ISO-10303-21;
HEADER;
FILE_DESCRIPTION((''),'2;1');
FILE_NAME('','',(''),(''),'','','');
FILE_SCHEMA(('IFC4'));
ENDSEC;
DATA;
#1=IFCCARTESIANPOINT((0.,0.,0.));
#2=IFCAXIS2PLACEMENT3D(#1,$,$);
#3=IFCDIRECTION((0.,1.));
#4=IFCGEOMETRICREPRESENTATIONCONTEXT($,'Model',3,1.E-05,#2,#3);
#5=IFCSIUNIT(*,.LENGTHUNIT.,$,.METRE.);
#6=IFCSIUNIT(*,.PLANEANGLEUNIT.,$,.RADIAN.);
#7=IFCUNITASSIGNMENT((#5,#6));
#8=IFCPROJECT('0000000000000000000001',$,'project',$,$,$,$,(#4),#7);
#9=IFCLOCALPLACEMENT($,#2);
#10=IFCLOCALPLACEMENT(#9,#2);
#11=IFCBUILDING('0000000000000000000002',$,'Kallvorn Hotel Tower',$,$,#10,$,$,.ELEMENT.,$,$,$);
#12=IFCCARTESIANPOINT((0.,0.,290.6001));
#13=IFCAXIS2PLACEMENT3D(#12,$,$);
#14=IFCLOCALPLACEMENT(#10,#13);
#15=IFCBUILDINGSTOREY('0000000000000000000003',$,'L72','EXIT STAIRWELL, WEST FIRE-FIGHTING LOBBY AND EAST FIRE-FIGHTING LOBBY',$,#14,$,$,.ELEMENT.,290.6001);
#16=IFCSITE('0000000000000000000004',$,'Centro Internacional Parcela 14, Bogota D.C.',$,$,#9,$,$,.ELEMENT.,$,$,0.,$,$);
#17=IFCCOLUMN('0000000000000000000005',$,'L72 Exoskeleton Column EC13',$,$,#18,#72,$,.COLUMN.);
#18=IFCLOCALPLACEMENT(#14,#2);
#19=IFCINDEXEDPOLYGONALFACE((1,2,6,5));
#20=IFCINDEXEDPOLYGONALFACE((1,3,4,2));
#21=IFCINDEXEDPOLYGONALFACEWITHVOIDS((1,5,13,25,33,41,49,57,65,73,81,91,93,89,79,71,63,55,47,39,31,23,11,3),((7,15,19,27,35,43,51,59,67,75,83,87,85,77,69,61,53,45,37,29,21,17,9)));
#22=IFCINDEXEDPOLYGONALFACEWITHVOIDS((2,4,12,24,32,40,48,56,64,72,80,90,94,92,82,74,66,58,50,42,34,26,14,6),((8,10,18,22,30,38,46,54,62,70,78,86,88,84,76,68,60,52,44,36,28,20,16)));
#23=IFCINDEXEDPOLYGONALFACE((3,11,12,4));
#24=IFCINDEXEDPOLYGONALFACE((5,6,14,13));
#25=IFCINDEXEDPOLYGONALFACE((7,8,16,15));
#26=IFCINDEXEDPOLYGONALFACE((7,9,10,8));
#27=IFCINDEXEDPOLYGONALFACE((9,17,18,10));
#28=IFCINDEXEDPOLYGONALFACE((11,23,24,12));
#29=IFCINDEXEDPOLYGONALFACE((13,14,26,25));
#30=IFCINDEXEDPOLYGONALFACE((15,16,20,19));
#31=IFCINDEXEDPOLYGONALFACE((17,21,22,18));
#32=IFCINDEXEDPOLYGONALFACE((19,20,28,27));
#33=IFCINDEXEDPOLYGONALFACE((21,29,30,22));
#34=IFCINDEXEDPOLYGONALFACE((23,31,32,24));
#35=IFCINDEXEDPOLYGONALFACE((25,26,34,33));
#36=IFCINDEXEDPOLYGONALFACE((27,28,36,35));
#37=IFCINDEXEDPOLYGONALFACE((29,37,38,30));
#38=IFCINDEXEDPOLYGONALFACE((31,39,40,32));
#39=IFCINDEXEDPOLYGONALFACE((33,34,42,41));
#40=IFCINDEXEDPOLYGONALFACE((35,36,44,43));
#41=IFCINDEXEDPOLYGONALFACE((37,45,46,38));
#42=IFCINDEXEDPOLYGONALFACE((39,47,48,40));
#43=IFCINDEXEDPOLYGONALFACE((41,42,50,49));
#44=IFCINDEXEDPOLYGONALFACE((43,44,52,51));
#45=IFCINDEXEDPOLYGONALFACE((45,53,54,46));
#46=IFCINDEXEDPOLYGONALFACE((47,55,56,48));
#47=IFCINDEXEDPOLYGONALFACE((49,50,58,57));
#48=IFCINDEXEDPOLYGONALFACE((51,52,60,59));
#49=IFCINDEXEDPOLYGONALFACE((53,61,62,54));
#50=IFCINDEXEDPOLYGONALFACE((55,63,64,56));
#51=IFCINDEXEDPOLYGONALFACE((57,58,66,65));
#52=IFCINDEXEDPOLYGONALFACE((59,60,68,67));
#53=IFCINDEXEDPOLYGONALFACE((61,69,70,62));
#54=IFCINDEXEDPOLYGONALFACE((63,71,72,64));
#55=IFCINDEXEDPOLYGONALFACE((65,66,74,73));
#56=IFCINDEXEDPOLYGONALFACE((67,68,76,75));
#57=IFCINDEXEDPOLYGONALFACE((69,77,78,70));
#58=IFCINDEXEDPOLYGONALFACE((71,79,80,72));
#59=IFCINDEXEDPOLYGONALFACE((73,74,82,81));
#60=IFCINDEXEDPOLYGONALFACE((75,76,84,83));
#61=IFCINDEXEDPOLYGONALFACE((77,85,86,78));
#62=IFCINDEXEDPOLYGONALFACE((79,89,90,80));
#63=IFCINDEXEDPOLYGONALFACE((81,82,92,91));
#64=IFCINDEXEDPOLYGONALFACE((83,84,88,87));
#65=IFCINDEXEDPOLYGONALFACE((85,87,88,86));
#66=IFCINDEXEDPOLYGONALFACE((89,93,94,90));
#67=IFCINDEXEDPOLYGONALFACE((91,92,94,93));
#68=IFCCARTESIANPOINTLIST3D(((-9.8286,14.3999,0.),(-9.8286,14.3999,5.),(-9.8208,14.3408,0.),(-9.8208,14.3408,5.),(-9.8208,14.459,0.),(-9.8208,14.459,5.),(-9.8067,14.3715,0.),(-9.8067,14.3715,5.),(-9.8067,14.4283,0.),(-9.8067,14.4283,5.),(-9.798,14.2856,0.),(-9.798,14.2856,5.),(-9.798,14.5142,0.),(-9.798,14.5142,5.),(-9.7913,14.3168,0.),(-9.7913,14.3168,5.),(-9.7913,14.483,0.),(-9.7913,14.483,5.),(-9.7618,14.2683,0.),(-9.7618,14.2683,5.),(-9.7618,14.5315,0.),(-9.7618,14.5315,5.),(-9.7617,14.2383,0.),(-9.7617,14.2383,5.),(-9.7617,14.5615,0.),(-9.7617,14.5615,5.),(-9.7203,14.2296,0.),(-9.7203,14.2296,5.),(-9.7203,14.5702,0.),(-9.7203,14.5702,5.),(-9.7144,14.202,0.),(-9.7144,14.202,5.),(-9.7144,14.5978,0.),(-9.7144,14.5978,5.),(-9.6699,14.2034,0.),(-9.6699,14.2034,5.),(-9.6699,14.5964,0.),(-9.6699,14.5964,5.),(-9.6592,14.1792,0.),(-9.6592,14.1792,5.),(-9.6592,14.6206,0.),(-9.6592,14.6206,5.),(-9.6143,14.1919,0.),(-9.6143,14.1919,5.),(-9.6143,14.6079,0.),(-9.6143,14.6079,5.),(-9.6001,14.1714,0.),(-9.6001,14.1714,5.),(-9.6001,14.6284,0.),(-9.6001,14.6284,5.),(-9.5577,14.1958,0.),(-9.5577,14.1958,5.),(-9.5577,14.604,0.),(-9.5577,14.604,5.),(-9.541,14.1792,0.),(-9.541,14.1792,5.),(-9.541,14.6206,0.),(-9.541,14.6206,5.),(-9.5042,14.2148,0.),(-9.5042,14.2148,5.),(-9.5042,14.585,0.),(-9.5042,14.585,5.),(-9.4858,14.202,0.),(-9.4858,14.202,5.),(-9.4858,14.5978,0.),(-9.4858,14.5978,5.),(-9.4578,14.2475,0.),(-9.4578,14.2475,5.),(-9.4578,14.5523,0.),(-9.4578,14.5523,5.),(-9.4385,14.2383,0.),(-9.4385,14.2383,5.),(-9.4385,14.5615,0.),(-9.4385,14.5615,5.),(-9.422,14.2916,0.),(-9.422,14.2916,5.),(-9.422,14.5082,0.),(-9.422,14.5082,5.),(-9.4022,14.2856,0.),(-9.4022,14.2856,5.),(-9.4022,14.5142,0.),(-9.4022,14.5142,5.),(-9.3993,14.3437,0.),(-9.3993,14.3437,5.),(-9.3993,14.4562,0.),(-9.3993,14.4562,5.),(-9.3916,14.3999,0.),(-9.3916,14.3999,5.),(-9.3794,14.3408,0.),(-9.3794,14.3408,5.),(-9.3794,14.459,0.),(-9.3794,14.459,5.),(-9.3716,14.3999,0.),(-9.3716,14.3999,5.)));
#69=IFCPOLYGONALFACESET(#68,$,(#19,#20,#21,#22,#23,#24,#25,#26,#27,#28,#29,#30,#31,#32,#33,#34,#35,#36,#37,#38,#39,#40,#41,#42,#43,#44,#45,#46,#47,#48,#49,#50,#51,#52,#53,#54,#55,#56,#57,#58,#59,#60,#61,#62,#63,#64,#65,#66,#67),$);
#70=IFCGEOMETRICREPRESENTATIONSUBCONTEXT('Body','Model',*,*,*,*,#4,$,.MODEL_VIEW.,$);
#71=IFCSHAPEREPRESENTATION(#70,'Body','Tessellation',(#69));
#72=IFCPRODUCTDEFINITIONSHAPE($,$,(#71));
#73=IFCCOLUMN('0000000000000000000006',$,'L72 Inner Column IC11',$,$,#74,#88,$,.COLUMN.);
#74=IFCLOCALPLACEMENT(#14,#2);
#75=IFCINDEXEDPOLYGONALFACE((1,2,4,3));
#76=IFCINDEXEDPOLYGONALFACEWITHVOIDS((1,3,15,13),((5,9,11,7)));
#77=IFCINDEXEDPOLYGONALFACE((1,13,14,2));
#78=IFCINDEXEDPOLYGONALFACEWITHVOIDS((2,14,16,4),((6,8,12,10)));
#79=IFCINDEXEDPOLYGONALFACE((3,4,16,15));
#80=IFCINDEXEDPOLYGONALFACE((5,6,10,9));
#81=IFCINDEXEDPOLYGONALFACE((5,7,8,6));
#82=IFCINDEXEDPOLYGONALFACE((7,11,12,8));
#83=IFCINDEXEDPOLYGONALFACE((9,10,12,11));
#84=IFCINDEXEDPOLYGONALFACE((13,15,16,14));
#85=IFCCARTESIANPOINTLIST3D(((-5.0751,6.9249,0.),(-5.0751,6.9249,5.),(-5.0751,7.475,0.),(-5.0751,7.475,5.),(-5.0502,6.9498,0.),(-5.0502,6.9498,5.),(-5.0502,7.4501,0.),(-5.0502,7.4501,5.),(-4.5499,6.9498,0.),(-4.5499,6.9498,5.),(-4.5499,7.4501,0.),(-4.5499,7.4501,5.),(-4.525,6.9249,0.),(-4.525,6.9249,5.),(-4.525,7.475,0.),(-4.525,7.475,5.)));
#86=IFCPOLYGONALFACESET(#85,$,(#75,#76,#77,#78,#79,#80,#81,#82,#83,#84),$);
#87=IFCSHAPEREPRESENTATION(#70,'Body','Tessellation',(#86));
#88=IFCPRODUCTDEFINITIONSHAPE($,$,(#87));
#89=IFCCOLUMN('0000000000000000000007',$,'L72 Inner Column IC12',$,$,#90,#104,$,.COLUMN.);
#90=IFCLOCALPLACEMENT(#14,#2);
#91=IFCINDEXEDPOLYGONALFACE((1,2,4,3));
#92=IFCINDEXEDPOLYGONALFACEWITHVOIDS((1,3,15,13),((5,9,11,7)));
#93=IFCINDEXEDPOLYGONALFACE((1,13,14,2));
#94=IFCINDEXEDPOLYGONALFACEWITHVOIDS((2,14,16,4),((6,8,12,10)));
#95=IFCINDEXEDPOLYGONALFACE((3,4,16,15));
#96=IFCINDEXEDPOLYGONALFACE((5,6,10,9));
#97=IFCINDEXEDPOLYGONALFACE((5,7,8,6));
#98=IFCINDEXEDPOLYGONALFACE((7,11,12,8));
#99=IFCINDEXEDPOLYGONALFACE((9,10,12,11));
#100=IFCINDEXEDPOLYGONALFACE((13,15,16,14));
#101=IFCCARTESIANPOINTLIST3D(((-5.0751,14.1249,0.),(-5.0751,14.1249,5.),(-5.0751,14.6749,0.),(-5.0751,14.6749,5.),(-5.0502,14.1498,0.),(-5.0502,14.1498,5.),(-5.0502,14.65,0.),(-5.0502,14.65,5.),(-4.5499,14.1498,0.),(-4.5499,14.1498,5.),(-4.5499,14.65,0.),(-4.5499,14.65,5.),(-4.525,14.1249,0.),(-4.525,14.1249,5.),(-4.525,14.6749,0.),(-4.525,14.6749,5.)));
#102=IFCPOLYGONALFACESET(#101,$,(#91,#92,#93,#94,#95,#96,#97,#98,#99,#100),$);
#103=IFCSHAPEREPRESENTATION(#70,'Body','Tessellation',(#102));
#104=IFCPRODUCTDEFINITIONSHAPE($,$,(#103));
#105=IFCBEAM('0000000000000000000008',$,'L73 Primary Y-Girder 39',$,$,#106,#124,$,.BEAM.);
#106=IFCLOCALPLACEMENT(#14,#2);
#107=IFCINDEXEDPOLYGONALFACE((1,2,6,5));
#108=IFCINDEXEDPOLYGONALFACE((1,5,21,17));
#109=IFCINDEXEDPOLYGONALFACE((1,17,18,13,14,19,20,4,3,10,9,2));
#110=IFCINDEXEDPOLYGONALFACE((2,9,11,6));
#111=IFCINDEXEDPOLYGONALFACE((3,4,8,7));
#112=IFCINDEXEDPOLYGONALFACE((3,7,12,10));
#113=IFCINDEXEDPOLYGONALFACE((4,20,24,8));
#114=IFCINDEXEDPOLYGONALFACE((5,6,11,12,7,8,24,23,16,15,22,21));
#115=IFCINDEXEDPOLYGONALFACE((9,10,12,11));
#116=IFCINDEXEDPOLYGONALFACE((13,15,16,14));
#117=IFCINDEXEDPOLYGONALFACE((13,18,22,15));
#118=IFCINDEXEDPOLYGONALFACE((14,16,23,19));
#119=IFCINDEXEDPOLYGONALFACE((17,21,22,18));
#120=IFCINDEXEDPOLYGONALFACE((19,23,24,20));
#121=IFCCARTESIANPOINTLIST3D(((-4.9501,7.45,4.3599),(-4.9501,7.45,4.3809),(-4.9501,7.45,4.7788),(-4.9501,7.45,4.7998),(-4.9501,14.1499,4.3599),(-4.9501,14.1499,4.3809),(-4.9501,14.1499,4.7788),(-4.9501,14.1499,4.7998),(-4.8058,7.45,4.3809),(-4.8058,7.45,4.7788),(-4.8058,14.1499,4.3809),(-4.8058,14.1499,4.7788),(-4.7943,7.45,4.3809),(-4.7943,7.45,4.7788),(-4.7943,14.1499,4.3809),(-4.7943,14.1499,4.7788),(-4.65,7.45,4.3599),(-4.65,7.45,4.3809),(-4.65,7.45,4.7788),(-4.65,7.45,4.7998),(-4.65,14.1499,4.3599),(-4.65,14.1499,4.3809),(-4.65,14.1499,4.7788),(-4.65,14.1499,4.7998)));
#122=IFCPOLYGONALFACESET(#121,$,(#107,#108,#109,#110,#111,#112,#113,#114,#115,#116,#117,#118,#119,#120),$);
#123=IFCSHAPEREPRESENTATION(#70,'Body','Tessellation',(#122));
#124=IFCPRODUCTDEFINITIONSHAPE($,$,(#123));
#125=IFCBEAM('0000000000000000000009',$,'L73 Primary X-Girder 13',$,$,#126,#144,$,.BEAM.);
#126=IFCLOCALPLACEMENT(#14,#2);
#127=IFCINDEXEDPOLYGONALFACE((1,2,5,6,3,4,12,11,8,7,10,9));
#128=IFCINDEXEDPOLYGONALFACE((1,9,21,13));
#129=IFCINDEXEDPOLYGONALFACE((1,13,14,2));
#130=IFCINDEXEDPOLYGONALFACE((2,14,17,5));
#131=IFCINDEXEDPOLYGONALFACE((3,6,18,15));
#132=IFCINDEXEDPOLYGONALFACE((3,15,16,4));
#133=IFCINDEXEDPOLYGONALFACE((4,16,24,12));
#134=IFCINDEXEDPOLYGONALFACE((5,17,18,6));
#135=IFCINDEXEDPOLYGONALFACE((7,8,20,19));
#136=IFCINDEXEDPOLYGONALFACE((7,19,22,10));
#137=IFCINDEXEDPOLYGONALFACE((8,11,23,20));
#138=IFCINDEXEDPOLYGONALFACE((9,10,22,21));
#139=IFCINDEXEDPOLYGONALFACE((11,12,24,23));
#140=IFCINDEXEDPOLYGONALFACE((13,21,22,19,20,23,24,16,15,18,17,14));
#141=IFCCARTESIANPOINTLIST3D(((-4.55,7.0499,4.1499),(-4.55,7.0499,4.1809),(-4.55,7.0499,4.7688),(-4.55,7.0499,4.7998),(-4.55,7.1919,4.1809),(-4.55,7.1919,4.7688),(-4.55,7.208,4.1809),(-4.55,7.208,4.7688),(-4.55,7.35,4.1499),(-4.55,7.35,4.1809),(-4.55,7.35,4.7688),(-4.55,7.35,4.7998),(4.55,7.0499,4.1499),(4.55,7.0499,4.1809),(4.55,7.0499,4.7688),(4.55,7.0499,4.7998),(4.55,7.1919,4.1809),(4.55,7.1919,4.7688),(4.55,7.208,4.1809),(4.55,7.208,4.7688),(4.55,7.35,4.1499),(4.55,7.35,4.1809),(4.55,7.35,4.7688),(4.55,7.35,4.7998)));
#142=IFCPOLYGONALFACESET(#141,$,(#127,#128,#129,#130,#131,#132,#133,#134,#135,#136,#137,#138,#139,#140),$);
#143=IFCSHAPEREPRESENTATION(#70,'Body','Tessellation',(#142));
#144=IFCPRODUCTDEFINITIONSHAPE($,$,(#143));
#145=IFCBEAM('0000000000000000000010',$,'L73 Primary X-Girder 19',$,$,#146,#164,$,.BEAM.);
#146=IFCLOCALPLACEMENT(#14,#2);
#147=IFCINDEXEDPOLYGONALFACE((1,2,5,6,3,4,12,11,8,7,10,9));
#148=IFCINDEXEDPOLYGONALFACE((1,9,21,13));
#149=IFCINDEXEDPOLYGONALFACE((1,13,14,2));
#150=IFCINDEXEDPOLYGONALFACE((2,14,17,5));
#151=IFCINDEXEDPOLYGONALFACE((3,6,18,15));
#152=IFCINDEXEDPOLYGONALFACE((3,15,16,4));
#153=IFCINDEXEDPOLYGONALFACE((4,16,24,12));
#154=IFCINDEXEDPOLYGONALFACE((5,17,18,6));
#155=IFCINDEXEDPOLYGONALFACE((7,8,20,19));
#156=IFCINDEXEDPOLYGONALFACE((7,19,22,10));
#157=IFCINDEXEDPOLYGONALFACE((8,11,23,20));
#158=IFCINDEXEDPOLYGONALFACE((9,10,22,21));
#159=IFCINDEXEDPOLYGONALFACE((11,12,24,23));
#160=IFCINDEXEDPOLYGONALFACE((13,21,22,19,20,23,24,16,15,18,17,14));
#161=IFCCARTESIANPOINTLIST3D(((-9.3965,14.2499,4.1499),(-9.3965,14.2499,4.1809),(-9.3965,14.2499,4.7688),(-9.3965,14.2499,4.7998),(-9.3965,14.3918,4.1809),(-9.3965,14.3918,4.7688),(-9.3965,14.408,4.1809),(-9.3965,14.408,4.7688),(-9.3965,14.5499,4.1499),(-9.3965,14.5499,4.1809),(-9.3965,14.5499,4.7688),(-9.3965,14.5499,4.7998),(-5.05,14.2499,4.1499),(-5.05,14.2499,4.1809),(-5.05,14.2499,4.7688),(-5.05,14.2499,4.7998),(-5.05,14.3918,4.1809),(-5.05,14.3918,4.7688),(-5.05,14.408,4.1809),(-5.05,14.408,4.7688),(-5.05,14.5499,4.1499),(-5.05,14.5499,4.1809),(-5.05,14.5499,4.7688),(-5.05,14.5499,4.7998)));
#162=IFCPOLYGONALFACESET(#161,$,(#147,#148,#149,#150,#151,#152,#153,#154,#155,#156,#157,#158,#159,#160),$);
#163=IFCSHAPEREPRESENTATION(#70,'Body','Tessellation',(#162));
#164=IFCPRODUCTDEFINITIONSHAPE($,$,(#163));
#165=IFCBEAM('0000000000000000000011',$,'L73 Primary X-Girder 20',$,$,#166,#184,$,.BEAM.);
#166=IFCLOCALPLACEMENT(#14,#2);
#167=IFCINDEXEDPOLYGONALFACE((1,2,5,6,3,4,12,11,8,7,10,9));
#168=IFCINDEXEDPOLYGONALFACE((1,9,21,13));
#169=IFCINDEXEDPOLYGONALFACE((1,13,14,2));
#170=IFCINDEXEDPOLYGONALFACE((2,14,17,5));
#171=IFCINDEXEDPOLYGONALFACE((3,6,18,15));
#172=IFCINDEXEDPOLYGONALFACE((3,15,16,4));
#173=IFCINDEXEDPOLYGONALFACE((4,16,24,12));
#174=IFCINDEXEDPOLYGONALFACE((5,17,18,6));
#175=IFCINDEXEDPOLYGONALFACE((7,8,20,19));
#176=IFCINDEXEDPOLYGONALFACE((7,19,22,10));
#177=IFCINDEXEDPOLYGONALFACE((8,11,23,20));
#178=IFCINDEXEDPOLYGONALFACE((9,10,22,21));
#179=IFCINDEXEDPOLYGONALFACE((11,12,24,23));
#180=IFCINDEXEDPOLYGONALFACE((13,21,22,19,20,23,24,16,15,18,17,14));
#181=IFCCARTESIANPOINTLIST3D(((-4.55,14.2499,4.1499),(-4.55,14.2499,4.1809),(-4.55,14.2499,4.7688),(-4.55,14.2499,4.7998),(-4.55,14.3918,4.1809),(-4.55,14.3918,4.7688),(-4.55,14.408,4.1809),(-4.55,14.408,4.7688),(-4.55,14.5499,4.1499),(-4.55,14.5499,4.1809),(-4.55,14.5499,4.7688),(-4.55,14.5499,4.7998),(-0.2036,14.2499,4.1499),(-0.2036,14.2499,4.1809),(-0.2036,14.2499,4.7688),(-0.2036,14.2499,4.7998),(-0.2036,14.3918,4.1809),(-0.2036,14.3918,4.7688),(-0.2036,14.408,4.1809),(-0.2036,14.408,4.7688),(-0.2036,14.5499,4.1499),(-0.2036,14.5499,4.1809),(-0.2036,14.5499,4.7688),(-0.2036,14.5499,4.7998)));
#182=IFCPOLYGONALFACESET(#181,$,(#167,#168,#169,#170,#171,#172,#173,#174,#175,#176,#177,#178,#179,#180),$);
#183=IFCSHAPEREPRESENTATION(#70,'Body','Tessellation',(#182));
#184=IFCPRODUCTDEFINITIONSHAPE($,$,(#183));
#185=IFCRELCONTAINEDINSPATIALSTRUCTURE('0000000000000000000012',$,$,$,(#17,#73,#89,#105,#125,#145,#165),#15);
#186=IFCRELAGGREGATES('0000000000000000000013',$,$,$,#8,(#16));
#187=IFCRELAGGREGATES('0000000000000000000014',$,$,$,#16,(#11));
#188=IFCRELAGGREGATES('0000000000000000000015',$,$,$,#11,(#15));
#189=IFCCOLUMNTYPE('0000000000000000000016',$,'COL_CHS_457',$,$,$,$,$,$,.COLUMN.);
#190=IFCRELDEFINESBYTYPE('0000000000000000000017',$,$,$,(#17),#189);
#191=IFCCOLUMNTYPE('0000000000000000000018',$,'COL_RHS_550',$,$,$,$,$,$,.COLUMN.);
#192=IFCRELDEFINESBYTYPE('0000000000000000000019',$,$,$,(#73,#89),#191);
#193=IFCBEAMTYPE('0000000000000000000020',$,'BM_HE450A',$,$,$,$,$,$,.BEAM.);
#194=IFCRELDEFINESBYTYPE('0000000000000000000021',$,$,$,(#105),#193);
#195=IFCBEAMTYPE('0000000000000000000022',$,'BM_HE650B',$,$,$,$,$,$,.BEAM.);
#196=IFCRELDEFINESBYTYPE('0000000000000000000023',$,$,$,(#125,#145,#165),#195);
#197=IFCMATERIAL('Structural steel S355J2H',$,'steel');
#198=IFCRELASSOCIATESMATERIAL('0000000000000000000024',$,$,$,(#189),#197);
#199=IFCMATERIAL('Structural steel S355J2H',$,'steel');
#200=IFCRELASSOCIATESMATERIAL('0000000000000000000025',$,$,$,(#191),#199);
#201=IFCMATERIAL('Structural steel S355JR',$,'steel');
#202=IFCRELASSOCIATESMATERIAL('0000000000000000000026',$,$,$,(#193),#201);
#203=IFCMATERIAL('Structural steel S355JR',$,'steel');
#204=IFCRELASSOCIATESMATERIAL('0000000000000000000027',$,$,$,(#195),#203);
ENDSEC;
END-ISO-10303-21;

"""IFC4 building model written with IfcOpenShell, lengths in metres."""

from ifc_helpers import new_model, si_unit, direction, frame, origin, origin_2d, place, context, subcontext, project, spatial, hollow_rectangle, hollow_circle, i_section, extrude, material, material_profile, profile_set, type_object, element, save


model = new_model("IFC4")

# Units and contexts
model_context = context("Model", 3, precision=1e-05, world=origin(), true_north=direction((0.0, 1.0)))
body_context = subcontext(model_context, "Body", "Model", "MODEL_VIEW")
ifc_project = project(units=[si_unit("LENGTHUNIT", "METRE"), si_unit("PLANEANGLEUNIT", "RADIAN")], contexts=[model_context])

# Site, building, storey
site_placement = place(None, origin())
site = spatial("IfcSite", under=ifc_project, at=site_placement, Name="Centro Internacional Parcela 14, Bogota D.C.", CompositionType="ELEMENT", RefElevation=0.0)
building_placement = place(site_placement, origin())
building = spatial("IfcBuilding", under=site, at=building_placement, Name="Kallvorn Hotel Tower", CompositionType="ELEMENT")
storey_placement = place(building_placement, frame((0.0, 0.0, 290.6001)))
storey = spatial("IfcBuildingStorey", under=building, at=storey_placement, Name="L72", Description="EXIT STAIRWELL, WEST FIRE-FIGHTING LOBBY AND EAST FIRE-FIGHTING LOBBY", CompositionType="ELEMENT", Elevation=290.6001)

# Columns
ifc_material_1 = material(Name="Structural steel S355J2H", Category="steel")
ifc_material_profile_1 = material_profile(ifc_material_1, hollow_circle(Radius=0.2285, WallThickness=0.02, at=origin_2d()), Name="CHS 457x20")
ifc_profile_set_1 = profile_set([ifc_material_profile_1], Name="Structural steel S355J2H")
column_type_1 = type_object("IfcColumnType", Name="COL_CHS_457", PredefinedType="COLUMN", material=ifc_profile_set_1)
column_placement = place(storey_placement, frame((-9.6001, 14.3999, 0.0), z_axis=(0.0, 0.0, 1.0), x_axis=(1.0, 0.0, 0.0)))
element("IfcColumn", 1, at=column_placement, inside=storey, type_object=column_type_1, Name="L72 Exoskeleton Column EC13", PredefinedType="COLUMN", context=body_context, shape_type="SweptSolid", body=[
    extrude(hollow_circle(Radius=0.2285, WallThickness=0.02, at=origin_2d()), origin(), (0.0, 0.0, 1.0), 5.0),
])
ifc_material_2 = material(Name="Structural steel S355J2H", Category="steel")
ifc_material_profile_2 = material_profile(ifc_material_2, hollow_rectangle(XDim=0.55, YDim=0.55, WallThickness=0.0249, at=origin_2d()), Name="RHS 550x550x25")
ifc_profile_set_2 = profile_set([ifc_material_profile_2], Name="Structural steel S355J2H")
column_type_2 = type_object("IfcColumnType", Name="COL_RHS_550", PredefinedType="COLUMN", material=ifc_profile_set_2)
for number, where, z_axis, x_axis, name in (
    (2, (-4.8, 7.2, 0.0), (0.0, 0.0, 1.0), (1.0, 0.0, 0.0), "L72 Inner Column IC11"),
    (3, (-4.8, 14.3999, 0.0), (0.0, 0.0, 1.0), (1.0, 0.0, 0.0), "L72 Inner Column IC12"),
):
    element("IfcColumn", number, at=place(storey_placement, frame(where, z_axis=z_axis, x_axis=x_axis)), inside=storey, type_object=column_type_2, Name=name, PredefinedType="COLUMN", context=body_context, shape_type="SweptSolid", body=[
        extrude(hollow_rectangle(XDim=0.55, YDim=0.55, WallThickness=0.0249, at=origin_2d()), origin(), (0.0, 0.0, 1.0), 5.0),
    ])

# Beams
ifc_material_3 = material(Name="Structural steel S355JR", Category="steel")
ifc_material_profile_3 = material_profile(ifc_material_3, i_section(OverallWidth=0.3, OverallDepth=0.4399, WebThickness=0.0115, FlangeThickness=0.021, at=origin_2d()), Name="HE 450 A")
ifc_profile_set_3 = profile_set([ifc_material_profile_3], Name="Structural steel S355JR")
beam_type_1 = type_object("IfcBeamType", Name="BM_HE450A", PredefinedType="BEAM", material=ifc_profile_set_3)
beam_1_placement = place(storey_placement, frame((-4.8, 7.45, 4.5798), z_axis=(0.0, 1.0, 0.0), x_axis=(-1.0, 0.0, 0.0)))
element("IfcBeam", 4, at=beam_1_placement, inside=storey, type_object=beam_type_1, Name="L73 Primary Y-Girder 39", PredefinedType="BEAM", context=body_context, shape_type="SweptSolid", body=[
    extrude(i_section(OverallWidth=0.3, OverallDepth=0.4399, WebThickness=0.0115, FlangeThickness=0.021, at=origin_2d()), origin(), (0.0, 0.0, 1.0), 6.7),
])
ifc_material_4 = material(Name="Structural steel S355JR", Category="steel")
ifc_material_profile_4 = material_profile(ifc_material_4, i_section(OverallWidth=0.3, OverallDepth=0.6499, WebThickness=0.0161, FlangeThickness=0.031, at=origin_2d()), Name="HE 650 B")
ifc_profile_set_4 = profile_set([ifc_material_profile_4], Name="Structural steel S355JR")
beam_type_2 = type_object("IfcBeamType", Name="BM_HE650B", PredefinedType="BEAM", material=ifc_profile_set_4)
beam_2_placement = place(storey_placement, frame((-4.55, 7.2, 4.4749), z_axis=(1.0, 0.0, 0.0), x_axis=(0.0, 1.0, 0.0)))
element("IfcBeam", 5, at=beam_2_placement, inside=storey, type_object=beam_type_2, Name="L73 Primary X-Girder 13", PredefinedType="BEAM", context=body_context, shape_type="SweptSolid", body=[
    extrude(i_section(OverallWidth=0.3, OverallDepth=0.6499, WebThickness=0.0161, FlangeThickness=0.031, at=origin_2d()), origin(), (0.0, 0.0, 1.0), 9.1001),
])
for number, where, z_axis, x_axis, name in (
    (6, (-9.3965, 14.3999, 4.4749), (1.0, 0.0, 0.0), (0.0, 1.0, 0.0), "L73 Primary X-Girder 19"),
    (7, (-4.55, 14.3999, 4.4749), (1.0, 0.0, 0.0), (0.0, 1.0, 0.0), "L73 Primary X-Girder 20"),
):
    element("IfcBeam", number, at=place(storey_placement, frame(where, z_axis=z_axis, x_axis=x_axis)), inside=storey, type_object=beam_type_2, Name=name, PredefinedType="BEAM", context=body_context, shape_type="SweptSolid", body=[
        extrude(i_section(OverallWidth=0.3, OverallDepth=0.6499, WebThickness=0.0161, FlangeThickness=0.031, at=origin_2d()), origin(), (0.0, 0.0, 1.0), 4.3464),
    ])

save(model, "model.ifc")
